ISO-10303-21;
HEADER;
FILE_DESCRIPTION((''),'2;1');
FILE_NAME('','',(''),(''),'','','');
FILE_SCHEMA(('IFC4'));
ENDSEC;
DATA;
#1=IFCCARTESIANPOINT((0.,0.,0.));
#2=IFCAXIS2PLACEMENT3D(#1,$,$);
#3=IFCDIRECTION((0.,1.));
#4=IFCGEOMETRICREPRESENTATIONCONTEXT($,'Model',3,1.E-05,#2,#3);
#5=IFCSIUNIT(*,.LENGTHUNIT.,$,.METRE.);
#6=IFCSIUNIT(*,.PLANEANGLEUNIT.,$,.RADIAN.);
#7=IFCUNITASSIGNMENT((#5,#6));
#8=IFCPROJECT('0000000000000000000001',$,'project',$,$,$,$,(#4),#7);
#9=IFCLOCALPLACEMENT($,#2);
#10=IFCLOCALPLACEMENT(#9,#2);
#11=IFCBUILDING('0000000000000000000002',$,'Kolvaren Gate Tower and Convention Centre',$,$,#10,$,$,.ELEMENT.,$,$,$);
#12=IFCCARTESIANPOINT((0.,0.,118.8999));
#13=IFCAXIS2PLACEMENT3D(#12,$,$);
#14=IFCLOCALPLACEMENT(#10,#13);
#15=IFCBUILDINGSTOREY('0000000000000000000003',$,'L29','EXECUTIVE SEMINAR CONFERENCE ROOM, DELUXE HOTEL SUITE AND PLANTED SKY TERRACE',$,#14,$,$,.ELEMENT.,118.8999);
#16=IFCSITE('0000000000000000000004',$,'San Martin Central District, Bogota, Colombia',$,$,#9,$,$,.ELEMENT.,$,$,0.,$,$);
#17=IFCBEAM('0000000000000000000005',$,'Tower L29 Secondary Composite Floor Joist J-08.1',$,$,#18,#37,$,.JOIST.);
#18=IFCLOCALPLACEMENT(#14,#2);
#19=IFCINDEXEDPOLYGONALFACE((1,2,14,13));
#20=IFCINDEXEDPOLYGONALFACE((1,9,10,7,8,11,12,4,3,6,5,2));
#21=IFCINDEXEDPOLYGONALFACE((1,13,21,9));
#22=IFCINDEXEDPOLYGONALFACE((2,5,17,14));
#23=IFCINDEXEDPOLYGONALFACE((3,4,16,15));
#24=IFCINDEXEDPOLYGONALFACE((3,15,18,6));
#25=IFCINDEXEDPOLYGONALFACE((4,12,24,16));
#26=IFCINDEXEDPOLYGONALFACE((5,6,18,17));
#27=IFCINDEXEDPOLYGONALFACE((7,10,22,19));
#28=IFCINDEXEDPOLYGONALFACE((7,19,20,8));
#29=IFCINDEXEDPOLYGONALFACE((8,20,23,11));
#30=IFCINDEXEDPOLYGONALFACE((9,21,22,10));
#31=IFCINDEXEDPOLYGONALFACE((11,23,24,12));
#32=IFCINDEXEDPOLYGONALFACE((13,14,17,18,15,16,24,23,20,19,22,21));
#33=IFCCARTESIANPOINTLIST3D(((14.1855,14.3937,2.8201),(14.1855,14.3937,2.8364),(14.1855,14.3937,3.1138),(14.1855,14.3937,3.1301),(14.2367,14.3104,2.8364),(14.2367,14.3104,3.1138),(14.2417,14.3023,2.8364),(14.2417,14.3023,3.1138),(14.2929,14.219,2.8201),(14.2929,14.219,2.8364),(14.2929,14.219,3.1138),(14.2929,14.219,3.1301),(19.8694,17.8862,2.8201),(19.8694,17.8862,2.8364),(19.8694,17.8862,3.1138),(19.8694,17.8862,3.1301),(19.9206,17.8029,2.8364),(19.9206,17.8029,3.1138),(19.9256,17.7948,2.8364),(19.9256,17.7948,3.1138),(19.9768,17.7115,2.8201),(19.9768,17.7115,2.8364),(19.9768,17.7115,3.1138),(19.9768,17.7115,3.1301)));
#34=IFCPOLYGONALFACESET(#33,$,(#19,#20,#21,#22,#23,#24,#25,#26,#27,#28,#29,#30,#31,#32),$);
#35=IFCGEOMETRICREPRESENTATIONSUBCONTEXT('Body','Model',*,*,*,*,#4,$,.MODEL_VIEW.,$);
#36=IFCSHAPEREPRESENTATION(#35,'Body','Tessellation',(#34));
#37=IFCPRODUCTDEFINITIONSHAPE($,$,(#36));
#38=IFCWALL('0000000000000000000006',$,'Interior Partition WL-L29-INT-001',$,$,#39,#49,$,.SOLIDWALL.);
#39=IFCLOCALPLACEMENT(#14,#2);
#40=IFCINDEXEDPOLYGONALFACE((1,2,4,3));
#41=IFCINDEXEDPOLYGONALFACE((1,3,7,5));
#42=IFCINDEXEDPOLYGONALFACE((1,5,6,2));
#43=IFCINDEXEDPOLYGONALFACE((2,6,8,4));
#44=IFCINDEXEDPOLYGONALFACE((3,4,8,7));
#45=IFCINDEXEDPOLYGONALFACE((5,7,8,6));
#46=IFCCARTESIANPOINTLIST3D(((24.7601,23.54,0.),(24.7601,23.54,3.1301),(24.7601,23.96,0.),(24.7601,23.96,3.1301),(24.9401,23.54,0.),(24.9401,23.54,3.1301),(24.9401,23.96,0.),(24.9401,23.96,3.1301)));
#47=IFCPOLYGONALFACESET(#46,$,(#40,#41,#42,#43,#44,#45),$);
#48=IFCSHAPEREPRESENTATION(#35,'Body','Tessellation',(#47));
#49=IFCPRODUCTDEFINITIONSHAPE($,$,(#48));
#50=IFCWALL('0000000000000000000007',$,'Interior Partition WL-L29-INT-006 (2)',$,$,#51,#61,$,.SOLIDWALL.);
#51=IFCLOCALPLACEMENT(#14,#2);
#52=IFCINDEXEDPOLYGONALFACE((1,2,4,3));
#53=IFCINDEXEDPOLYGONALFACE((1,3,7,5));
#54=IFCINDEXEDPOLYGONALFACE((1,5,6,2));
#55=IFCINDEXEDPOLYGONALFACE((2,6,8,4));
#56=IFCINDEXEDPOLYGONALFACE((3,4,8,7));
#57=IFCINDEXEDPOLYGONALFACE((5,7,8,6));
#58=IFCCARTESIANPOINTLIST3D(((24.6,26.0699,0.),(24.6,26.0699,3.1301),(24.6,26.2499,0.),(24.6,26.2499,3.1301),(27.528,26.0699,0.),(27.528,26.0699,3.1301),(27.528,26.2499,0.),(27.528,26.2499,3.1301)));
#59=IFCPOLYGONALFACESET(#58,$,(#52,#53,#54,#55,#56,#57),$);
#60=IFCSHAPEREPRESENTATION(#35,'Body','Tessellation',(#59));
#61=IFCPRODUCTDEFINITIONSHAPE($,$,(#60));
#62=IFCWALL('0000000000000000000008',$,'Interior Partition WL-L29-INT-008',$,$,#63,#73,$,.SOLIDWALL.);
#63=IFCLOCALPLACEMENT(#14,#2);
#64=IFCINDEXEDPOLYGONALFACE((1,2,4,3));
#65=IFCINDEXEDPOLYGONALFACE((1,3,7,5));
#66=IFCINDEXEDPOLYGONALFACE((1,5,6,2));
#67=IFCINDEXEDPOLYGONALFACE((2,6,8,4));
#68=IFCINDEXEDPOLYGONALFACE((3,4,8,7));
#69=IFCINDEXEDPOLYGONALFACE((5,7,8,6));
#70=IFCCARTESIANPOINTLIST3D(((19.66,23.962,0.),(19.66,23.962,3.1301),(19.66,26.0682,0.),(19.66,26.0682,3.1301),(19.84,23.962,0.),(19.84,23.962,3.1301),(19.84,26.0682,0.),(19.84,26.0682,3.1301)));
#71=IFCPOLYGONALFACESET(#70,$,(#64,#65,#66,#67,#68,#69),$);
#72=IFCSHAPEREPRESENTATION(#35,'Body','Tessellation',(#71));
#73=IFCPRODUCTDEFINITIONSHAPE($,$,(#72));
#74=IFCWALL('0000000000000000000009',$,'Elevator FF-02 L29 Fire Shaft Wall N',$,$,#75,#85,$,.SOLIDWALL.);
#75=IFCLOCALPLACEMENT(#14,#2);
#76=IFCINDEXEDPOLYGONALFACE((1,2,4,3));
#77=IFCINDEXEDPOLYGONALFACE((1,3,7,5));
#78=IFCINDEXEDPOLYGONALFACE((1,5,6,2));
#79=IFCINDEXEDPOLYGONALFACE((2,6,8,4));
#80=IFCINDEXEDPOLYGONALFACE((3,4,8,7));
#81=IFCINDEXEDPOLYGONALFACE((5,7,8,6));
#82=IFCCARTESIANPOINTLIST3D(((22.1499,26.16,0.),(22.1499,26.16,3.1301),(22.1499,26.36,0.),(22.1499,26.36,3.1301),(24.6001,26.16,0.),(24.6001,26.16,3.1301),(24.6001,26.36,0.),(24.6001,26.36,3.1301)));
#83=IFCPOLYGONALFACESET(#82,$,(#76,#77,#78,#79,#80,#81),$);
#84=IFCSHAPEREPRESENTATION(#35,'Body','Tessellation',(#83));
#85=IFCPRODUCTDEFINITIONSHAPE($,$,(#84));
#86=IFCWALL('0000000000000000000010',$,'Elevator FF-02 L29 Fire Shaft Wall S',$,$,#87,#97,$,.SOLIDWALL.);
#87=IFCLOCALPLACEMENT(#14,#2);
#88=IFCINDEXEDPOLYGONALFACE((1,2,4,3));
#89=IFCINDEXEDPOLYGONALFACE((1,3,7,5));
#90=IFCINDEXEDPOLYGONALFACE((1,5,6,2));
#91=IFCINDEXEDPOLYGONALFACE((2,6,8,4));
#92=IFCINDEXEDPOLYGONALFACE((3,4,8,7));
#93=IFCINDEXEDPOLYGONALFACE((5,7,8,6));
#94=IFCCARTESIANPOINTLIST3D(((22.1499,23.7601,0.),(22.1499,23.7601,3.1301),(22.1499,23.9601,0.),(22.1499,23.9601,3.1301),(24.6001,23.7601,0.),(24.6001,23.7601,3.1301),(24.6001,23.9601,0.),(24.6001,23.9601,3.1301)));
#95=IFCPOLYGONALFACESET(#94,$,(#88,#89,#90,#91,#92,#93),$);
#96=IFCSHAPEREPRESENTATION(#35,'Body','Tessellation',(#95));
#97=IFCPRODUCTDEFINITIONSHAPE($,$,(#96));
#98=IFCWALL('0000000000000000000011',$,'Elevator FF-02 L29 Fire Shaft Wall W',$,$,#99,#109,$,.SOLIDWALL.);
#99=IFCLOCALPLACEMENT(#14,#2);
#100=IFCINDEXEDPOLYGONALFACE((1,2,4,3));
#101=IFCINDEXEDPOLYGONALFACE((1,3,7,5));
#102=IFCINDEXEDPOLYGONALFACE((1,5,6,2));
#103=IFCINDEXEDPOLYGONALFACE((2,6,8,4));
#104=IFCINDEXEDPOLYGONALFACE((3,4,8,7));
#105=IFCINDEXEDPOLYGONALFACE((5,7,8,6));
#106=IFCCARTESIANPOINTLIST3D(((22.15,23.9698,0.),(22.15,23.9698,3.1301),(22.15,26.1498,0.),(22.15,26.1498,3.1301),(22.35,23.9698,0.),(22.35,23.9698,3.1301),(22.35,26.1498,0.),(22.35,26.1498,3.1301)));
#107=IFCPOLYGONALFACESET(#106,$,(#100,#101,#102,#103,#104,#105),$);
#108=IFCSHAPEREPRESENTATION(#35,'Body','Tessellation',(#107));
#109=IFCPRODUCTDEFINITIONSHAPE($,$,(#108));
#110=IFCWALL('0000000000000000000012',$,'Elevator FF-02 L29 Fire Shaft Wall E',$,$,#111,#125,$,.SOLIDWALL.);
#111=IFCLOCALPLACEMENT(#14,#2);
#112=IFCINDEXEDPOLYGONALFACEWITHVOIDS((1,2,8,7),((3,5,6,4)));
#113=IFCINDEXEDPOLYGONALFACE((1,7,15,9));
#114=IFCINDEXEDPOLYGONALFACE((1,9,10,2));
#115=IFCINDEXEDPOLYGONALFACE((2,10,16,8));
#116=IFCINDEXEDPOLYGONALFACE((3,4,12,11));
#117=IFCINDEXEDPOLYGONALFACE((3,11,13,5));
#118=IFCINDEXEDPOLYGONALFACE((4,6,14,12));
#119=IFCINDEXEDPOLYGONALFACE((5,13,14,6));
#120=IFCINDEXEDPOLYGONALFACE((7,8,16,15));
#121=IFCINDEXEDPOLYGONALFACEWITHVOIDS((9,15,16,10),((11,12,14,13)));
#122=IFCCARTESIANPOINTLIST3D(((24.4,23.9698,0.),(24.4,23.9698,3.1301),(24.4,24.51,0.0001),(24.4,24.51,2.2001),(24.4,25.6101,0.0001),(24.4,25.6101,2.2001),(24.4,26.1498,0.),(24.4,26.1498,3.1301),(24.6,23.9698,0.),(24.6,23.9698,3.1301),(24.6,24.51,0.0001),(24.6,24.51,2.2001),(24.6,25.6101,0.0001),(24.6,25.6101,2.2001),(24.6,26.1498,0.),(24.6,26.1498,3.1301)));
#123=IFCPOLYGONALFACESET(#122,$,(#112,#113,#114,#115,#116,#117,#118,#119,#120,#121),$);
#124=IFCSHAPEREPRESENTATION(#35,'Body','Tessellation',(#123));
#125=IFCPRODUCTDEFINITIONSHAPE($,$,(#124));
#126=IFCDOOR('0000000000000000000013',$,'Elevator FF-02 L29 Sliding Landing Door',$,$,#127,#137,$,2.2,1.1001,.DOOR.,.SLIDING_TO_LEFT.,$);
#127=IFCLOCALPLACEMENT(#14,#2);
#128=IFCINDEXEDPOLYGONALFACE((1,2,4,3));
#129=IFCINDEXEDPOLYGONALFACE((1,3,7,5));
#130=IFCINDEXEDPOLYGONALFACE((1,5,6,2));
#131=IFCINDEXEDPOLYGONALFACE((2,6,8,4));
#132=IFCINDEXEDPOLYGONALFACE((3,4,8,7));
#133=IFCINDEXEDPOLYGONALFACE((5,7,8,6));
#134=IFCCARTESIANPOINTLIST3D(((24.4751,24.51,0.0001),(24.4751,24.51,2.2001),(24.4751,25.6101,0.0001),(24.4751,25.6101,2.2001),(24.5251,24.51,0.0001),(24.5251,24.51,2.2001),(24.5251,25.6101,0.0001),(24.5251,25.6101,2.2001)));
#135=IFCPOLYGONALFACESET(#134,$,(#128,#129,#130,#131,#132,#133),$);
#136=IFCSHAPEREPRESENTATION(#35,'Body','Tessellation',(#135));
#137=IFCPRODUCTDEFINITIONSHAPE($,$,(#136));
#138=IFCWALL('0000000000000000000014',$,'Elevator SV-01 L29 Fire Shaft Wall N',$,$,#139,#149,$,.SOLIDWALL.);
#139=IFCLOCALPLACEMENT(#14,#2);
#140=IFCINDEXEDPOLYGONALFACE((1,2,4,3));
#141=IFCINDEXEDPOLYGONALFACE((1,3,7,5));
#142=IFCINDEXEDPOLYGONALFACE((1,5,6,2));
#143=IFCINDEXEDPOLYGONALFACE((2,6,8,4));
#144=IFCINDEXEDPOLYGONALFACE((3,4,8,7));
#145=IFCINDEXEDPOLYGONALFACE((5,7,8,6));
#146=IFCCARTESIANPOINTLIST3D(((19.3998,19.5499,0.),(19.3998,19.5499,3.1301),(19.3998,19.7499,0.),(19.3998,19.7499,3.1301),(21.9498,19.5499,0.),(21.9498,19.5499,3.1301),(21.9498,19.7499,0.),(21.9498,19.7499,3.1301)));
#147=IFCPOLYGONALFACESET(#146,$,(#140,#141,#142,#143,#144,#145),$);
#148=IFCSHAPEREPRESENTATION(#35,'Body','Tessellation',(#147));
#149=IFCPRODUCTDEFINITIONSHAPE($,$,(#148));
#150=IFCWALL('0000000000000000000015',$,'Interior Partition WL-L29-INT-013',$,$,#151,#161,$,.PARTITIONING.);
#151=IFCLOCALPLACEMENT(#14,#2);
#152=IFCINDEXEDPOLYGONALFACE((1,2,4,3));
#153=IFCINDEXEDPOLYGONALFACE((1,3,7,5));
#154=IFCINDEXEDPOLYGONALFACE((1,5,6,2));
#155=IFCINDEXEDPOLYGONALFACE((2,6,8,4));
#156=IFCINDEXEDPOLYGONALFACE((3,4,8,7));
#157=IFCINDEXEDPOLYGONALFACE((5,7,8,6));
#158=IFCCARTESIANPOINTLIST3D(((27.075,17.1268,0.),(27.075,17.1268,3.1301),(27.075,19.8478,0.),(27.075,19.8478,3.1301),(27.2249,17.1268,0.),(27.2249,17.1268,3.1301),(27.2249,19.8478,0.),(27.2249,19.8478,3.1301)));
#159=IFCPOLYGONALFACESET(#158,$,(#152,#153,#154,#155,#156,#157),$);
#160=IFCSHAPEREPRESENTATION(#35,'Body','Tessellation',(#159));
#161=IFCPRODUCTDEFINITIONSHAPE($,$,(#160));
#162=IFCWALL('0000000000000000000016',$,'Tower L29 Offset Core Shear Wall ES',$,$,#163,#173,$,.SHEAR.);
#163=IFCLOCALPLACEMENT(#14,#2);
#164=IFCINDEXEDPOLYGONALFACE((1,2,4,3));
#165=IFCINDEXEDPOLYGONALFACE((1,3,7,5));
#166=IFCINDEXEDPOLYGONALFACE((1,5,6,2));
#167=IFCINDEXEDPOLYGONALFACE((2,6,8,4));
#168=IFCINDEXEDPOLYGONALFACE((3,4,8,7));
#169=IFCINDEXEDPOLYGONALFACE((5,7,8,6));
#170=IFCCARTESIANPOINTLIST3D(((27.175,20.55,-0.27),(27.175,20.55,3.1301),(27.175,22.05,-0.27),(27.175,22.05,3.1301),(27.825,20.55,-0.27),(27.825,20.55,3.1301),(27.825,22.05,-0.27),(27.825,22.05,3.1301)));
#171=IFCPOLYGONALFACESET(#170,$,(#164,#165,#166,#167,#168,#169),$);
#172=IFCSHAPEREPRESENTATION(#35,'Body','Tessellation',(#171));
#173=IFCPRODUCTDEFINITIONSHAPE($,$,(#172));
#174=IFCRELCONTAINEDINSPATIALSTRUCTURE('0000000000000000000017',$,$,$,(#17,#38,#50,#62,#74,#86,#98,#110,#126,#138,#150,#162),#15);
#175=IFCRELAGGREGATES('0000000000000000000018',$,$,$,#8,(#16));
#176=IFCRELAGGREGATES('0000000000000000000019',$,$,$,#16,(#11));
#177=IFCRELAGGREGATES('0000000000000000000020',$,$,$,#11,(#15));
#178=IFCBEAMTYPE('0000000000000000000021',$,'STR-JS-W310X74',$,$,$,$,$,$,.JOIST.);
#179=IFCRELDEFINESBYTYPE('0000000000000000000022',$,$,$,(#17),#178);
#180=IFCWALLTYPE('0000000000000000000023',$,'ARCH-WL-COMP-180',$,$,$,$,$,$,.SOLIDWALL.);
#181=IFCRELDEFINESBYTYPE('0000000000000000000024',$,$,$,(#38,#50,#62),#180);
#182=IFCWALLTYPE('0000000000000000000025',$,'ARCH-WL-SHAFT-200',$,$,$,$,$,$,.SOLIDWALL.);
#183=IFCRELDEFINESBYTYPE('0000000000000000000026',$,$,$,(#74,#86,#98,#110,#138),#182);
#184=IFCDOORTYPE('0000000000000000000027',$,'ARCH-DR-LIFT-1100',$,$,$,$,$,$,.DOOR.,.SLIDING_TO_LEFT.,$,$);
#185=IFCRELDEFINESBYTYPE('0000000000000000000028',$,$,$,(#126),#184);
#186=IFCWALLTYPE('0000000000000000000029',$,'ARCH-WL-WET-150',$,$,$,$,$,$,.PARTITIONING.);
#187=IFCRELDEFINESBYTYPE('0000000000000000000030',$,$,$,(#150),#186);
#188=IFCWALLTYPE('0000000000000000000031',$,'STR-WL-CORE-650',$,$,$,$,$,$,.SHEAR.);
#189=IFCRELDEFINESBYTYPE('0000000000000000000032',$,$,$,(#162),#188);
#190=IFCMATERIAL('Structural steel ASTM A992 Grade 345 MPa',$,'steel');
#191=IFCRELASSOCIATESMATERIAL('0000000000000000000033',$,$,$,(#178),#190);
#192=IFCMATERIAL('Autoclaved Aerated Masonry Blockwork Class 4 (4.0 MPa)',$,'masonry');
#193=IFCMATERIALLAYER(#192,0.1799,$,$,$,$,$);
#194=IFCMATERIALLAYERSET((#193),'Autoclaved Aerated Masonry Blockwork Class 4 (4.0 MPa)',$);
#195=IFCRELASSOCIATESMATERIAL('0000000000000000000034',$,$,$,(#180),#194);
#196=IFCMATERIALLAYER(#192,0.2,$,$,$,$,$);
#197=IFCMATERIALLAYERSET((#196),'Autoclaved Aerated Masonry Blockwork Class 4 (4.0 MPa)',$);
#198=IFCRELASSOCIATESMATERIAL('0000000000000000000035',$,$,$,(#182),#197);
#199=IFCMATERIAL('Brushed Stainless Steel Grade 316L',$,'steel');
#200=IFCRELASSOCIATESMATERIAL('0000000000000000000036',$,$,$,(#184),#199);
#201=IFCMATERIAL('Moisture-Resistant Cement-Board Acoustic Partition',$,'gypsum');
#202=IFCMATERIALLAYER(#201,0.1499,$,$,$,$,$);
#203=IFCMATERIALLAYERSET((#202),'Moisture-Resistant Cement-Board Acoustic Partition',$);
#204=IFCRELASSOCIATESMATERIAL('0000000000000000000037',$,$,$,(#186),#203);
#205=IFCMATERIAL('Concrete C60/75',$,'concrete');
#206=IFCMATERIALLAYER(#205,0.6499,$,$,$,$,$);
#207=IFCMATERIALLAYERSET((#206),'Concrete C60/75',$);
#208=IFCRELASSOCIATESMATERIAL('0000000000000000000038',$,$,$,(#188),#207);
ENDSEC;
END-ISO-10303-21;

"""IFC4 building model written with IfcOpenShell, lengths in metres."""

from ifc_helpers import new_model, si_unit, direction, frame, frame_2d, origin, origin_2d, place, context, subcontext, project, spatial, rectangle, i_section, extrude, material, layer, layer_set, material_profile, profile_set, type_object, element, fill, save


model = new_model("IFC4")

# Units and contexts
model_context = context("Model", 3, precision=1e-05, world=origin(), true_north=direction((0.0, 1.0)))
body_context = subcontext(model_context, "Body", "Model", "MODEL_VIEW")
ifc_project = project(units=[si_unit("LENGTHUNIT", "METRE"), si_unit("PLANEANGLEUNIT", "RADIAN")], contexts=[model_context])

# Site, building, storey
site_placement = place(None, origin())
site = spatial("IfcSite", under=ifc_project, at=site_placement, Name="San Martin Central District, Bogota, Colombia", CompositionType="ELEMENT", RefElevation=0.0)
building_placement = place(site_placement, origin())
building = spatial("IfcBuilding", under=site, at=building_placement, Name="Kolvaren Gate Tower and Convention Centre", CompositionType="ELEMENT")
storey_placement = place(building_placement, frame((0.0, 0.0, 118.8999)))
storey = spatial("IfcBuildingStorey", under=building, at=storey_placement, Name="L29", Description="EXECUTIVE SEMINAR CONFERENCE ROOM, DELUXE HOTEL SUITE AND PLANTED SKY TERRACE", CompositionType="ELEMENT", Elevation=118.8999)

# Beam
ifc_material_1 = material(Name="Structural steel ASTM A992 Grade 345 MPa", Category="steel")
ifc_material_profile = material_profile(ifc_material_1, i_section(OverallWidth=0.2051, OverallDepth=0.3101, WebThickness=0.0095, FlangeThickness=0.0164, at=origin_2d()), Name="W310X74")
ifc_profile_set = profile_set([ifc_material_profile], Name="Structural steel ASTM A992 Grade 345 MPa")
beam_type = type_object("IfcBeamType", Name="STR-JS-W310X74", PredefinedType="JOIST", material=ifc_profile_set)
beam_placement = place(storey_placement, frame((19.9231, 17.7988, 2.9751), z_axis=(-0.852014, -0.523519, 0.0), x_axis=(0.523519, -0.852014, 0.0)))
element("IfcBeam", 1, at=beam_placement, inside=storey, type_object=beam_type, Name="Tower L29 Secondary Composite Floor Joist J-08.1", PredefinedType="JOIST", context=body_context, shape_type="SweptSolid", body=[
    extrude(i_section(OverallWidth=0.2051, OverallDepth=0.3101, WebThickness=0.0095, FlangeThickness=0.0164, at=origin_2d()), origin(), (0.0, 0.0, 1.0), 6.6711),
])

# Walls
ifc_material_2 = material(Name="Autoclaved Aerated Masonry Blockwork Class 4 (4.0 MPa)", Category="masonry")
ifc_layer_1 = layer(ifc_material_2, 0.1799)
ifc_layer_set_1 = layer_set([ifc_layer_1], Name="Autoclaved Aerated Masonry Blockwork Class 4 (4.0 MPa)")
wall_type_1 = type_object("IfcWallType", Name="ARCH-WL-COMP-180", PredefinedType="SOLIDWALL", material=ifc_layer_set_1)
wall_1_placement = place(storey_placement, frame((24.8501, 23.54, 0.0), z_axis=(0.0, 0.0, 1.0), x_axis=(0.0, 1.0, 0.0)))
element("IfcWall", 2, at=wall_1_placement, inside=storey, type_object=wall_type_1, Name="Interior Partition WL-L29-INT-001", PredefinedType="SOLIDWALL", context=body_context, shape_type="SweptSolid", body=[
    extrude(rectangle(XDim=0.4199, YDim=0.1799, at=frame_2d((0.21, 0.0))), origin(), (0.0, 0.0, 1.0), 3.1301),
])
wall_2_placement = place(storey_placement, frame((24.6001, 26.1599, 0.0), z_axis=(0.0, 0.0, 1.0), x_axis=(1.0, 0.0, 0.0)))
element("IfcWall", 3, at=wall_2_placement, inside=storey, type_object=wall_type_1, Name="Interior Partition WL-L29-INT-006 (2)", PredefinedType="SOLIDWALL", context=body_context, shape_type="SweptSolid", body=[
    extrude(rectangle(XDim=2.928, YDim=0.1799, at=frame_2d((1.4639, 0.0))), origin(), (0.0, 0.0, 1.0), 3.1301),
])
wall_3_placement = place(storey_placement, frame((19.75, 23.9619, 0.0), z_axis=(0.0, 0.0, 1.0), x_axis=(0.0, 1.0, 0.0)))
element("IfcWall", 4, at=wall_3_placement, inside=storey, type_object=wall_type_1, Name="Interior Partition WL-L29-INT-008", PredefinedType="SOLIDWALL", context=body_context, shape_type="SweptSolid", body=[
    extrude(rectangle(XDim=2.1062, YDim=0.1799, at=frame_2d((1.0532, 0.0))), origin(), (0.0, 0.0, 1.0), 3.1301),
])
ifc_layer_2 = layer(ifc_material_2, 0.2)
ifc_layer_set_2 = layer_set([ifc_layer_2], Name="Autoclaved Aerated Masonry Blockwork Class 4 (4.0 MPa)")
wall_type_2 = type_object("IfcWallType", Name="ARCH-WL-SHAFT-200", PredefinedType="SOLIDWALL", material=ifc_layer_set_2)
for number, where, z_axis, x_axis, name in (
    (5, (22.1499, 26.26, 0.0), (0.0, 0.0, 1.0), (1.0, 0.0, 0.0), "Elevator FF-02 L29 Fire Shaft Wall N"),
    (6, (22.1499, 23.8601, 0.0), (0.0, 0.0, 1.0), (1.0, 0.0, 0.0), "Elevator FF-02 L29 Fire Shaft Wall S"),
):
    element("IfcWall", number, at=place(storey_placement, frame(where, z_axis=z_axis, x_axis=x_axis)), inside=storey, type_object=wall_type_2, Name=name, PredefinedType="SOLIDWALL", context=body_context, shape_type="SweptSolid", body=[
        extrude(rectangle(XDim=2.4502, YDim=0.2, at=frame_2d((1.2251, 0.0))), origin(), (0.0, 0.0, 1.0), 3.1301),
    ])
wall_4_placement = place(storey_placement, frame((22.25, 23.97, 0.0), z_axis=(0.0, 0.0, 1.0), x_axis=(0.0, 1.0, 0.0)))
element("IfcWall", 7, at=wall_4_placement, inside=storey, type_object=wall_type_2, Name="Elevator FF-02 L29 Fire Shaft Wall W", PredefinedType="SOLIDWALL", context=body_context, shape_type="SweptSolid", body=[
    extrude(rectangle(XDim=2.1799, YDim=0.2, at=frame_2d((1.0898, 0.0))), origin(), (0.0, 0.0, 1.0), 3.1301),
])

# Wall, opening, door
wall_5_placement = place(storey_placement, frame((24.5, 23.97, 0.0), z_axis=(0.0, 0.0, 1.0), x_axis=(0.0, 1.0, 0.0)))
wall_5 = element("IfcWall", 8, at=wall_5_placement, inside=storey, type_object=wall_type_2, Name="Elevator FF-02 L29 Fire Shaft Wall E", PredefinedType="SOLIDWALL", context=body_context, shape_type="SweptSolid", body=[
    extrude(rectangle(XDim=2.1799, YDim=0.2, at=frame_2d((1.0898, 0.0))), origin(), (0.0, 0.0, 1.0), 3.1301),
])
opening_1_placement = place(wall_5_placement, frame((0.54, 0.0, 0.0)))
opening_1 = element("IfcOpeningElement", 9, at=opening_1_placement, cuts=wall_5, PredefinedType="OPENING", context=body_context, shape_type="SweptSolid", body=[
    extrude(rectangle(XDim=1.1001, YDim=2.2, at=frame_2d((0.55, 1.1001))), frame((0.0, 0.1099, 0.0), z_axis=(0.0, -1.0, 0.0), x_axis=(1.0, 0.0, 0.0)), (0.0, 0.0, 1.0), 0.22),
])
ifc_material_3 = material(Name="Brushed Stainless Steel Grade 316L", Category="steel")
door_type_1 = type_object("IfcDoorType", Name="ARCH-DR-LIFT-1100", OperationType="SLIDING_TO_LEFT", PredefinedType="DOOR", material=ifc_material_3)
door_1_placement = place(opening_1_placement, origin())
door_1 = element("IfcDoor", 10, at=door_1_placement, inside=storey, type_object=door_type_1, Name="Elevator FF-02 L29 Sliding Landing Door", OperationType="SLIDING_TO_LEFT", OverallHeight=2.2, OverallWidth=1.1001, PredefinedType="DOOR", context=body_context, shape_type="SweptSolid", body=[
    extrude(rectangle(XDim=1.1001, YDim=2.2, at=frame_2d((0.55, 1.1001))), frame((0.0, 0.0249, 0.0), z_axis=(0.0, -1.0, 0.0), x_axis=(1.0, 0.0, 0.0)), (0.0, 0.0, 1.0), 0.05),
])
fill(opening_1, door_1)

# Walls
wall_6_placement = place(storey_placement, frame((19.3999, 19.6499, 0.0), z_axis=(0.0, 0.0, 1.0), x_axis=(1.0, 0.0, 0.0)))
element("IfcWall", 11, at=wall_6_placement, inside=storey, type_object=wall_type_2, Name="Elevator SV-01 L29 Fire Shaft Wall N", PredefinedType="SOLIDWALL", context=body_context, shape_type="SweptSolid", body=[
    extrude(rectangle(XDim=2.55, YDim=0.2, at=frame_2d((1.2749, 0.0))), origin(), (0.0, 0.0, 1.0), 3.1301),
])
ifc_material_4 = material(Name="Moisture-Resistant Cement-Board Acoustic Partition", Category="gypsum")
ifc_layer_3 = layer(ifc_material_4, 0.1499)
ifc_layer_set_3 = layer_set([ifc_layer_3], Name="Moisture-Resistant Cement-Board Acoustic Partition")
wall_type_3 = type_object("IfcWallType", Name="ARCH-WL-WET-150", PredefinedType="PARTITIONING", material=ifc_layer_set_3)
wall_7_placement = place(storey_placement, frame((27.1499, 17.127, 0.0), z_axis=(0.0, 0.0, 1.0), x_axis=(0.0, 1.0, 0.0)))
element("IfcWall", 12, at=wall_7_placement, inside=storey, type_object=wall_type_3, Name="Interior Partition WL-L29-INT-013", PredefinedType="PARTITIONING", context=body_context, shape_type="SweptSolid", body=[
    extrude(rectangle(XDim=2.7209, YDim=0.1499, at=frame_2d((1.3604, 0.0))), origin(), (0.0, 0.0, 1.0), 3.1301),
])
ifc_material_5 = material(Name="Concrete C60/75", Category="concrete")
ifc_layer_4 = layer(ifc_material_5, 0.6499)
ifc_layer_set_4 = layer_set([ifc_layer_4], Name="Concrete C60/75")
wall_type_4 = type_object("IfcWallType", Name="STR-WL-CORE-650", PredefinedType="SHEAR", material=ifc_layer_set_4)
wall_8_placement = place(storey_placement, frame((27.5, 20.55, -0.27), z_axis=(0.0, 0.0, 1.0), x_axis=(0.0, 1.0, 0.0)))
element("IfcWall", 13, at=wall_8_placement, inside=storey, type_object=wall_type_4, Name="Tower L29 Offset Core Shear Wall ES", PredefinedType="SHEAR", context=body_context, shape_type="SweptSolid", body=[
    extrude(rectangle(XDim=1.5, YDim=0.6499, at=frame_2d((0.75, 0.0))), origin(), (0.0, 0.0, 1.0), 3.4001),
])

save(model, "model.ifc")
